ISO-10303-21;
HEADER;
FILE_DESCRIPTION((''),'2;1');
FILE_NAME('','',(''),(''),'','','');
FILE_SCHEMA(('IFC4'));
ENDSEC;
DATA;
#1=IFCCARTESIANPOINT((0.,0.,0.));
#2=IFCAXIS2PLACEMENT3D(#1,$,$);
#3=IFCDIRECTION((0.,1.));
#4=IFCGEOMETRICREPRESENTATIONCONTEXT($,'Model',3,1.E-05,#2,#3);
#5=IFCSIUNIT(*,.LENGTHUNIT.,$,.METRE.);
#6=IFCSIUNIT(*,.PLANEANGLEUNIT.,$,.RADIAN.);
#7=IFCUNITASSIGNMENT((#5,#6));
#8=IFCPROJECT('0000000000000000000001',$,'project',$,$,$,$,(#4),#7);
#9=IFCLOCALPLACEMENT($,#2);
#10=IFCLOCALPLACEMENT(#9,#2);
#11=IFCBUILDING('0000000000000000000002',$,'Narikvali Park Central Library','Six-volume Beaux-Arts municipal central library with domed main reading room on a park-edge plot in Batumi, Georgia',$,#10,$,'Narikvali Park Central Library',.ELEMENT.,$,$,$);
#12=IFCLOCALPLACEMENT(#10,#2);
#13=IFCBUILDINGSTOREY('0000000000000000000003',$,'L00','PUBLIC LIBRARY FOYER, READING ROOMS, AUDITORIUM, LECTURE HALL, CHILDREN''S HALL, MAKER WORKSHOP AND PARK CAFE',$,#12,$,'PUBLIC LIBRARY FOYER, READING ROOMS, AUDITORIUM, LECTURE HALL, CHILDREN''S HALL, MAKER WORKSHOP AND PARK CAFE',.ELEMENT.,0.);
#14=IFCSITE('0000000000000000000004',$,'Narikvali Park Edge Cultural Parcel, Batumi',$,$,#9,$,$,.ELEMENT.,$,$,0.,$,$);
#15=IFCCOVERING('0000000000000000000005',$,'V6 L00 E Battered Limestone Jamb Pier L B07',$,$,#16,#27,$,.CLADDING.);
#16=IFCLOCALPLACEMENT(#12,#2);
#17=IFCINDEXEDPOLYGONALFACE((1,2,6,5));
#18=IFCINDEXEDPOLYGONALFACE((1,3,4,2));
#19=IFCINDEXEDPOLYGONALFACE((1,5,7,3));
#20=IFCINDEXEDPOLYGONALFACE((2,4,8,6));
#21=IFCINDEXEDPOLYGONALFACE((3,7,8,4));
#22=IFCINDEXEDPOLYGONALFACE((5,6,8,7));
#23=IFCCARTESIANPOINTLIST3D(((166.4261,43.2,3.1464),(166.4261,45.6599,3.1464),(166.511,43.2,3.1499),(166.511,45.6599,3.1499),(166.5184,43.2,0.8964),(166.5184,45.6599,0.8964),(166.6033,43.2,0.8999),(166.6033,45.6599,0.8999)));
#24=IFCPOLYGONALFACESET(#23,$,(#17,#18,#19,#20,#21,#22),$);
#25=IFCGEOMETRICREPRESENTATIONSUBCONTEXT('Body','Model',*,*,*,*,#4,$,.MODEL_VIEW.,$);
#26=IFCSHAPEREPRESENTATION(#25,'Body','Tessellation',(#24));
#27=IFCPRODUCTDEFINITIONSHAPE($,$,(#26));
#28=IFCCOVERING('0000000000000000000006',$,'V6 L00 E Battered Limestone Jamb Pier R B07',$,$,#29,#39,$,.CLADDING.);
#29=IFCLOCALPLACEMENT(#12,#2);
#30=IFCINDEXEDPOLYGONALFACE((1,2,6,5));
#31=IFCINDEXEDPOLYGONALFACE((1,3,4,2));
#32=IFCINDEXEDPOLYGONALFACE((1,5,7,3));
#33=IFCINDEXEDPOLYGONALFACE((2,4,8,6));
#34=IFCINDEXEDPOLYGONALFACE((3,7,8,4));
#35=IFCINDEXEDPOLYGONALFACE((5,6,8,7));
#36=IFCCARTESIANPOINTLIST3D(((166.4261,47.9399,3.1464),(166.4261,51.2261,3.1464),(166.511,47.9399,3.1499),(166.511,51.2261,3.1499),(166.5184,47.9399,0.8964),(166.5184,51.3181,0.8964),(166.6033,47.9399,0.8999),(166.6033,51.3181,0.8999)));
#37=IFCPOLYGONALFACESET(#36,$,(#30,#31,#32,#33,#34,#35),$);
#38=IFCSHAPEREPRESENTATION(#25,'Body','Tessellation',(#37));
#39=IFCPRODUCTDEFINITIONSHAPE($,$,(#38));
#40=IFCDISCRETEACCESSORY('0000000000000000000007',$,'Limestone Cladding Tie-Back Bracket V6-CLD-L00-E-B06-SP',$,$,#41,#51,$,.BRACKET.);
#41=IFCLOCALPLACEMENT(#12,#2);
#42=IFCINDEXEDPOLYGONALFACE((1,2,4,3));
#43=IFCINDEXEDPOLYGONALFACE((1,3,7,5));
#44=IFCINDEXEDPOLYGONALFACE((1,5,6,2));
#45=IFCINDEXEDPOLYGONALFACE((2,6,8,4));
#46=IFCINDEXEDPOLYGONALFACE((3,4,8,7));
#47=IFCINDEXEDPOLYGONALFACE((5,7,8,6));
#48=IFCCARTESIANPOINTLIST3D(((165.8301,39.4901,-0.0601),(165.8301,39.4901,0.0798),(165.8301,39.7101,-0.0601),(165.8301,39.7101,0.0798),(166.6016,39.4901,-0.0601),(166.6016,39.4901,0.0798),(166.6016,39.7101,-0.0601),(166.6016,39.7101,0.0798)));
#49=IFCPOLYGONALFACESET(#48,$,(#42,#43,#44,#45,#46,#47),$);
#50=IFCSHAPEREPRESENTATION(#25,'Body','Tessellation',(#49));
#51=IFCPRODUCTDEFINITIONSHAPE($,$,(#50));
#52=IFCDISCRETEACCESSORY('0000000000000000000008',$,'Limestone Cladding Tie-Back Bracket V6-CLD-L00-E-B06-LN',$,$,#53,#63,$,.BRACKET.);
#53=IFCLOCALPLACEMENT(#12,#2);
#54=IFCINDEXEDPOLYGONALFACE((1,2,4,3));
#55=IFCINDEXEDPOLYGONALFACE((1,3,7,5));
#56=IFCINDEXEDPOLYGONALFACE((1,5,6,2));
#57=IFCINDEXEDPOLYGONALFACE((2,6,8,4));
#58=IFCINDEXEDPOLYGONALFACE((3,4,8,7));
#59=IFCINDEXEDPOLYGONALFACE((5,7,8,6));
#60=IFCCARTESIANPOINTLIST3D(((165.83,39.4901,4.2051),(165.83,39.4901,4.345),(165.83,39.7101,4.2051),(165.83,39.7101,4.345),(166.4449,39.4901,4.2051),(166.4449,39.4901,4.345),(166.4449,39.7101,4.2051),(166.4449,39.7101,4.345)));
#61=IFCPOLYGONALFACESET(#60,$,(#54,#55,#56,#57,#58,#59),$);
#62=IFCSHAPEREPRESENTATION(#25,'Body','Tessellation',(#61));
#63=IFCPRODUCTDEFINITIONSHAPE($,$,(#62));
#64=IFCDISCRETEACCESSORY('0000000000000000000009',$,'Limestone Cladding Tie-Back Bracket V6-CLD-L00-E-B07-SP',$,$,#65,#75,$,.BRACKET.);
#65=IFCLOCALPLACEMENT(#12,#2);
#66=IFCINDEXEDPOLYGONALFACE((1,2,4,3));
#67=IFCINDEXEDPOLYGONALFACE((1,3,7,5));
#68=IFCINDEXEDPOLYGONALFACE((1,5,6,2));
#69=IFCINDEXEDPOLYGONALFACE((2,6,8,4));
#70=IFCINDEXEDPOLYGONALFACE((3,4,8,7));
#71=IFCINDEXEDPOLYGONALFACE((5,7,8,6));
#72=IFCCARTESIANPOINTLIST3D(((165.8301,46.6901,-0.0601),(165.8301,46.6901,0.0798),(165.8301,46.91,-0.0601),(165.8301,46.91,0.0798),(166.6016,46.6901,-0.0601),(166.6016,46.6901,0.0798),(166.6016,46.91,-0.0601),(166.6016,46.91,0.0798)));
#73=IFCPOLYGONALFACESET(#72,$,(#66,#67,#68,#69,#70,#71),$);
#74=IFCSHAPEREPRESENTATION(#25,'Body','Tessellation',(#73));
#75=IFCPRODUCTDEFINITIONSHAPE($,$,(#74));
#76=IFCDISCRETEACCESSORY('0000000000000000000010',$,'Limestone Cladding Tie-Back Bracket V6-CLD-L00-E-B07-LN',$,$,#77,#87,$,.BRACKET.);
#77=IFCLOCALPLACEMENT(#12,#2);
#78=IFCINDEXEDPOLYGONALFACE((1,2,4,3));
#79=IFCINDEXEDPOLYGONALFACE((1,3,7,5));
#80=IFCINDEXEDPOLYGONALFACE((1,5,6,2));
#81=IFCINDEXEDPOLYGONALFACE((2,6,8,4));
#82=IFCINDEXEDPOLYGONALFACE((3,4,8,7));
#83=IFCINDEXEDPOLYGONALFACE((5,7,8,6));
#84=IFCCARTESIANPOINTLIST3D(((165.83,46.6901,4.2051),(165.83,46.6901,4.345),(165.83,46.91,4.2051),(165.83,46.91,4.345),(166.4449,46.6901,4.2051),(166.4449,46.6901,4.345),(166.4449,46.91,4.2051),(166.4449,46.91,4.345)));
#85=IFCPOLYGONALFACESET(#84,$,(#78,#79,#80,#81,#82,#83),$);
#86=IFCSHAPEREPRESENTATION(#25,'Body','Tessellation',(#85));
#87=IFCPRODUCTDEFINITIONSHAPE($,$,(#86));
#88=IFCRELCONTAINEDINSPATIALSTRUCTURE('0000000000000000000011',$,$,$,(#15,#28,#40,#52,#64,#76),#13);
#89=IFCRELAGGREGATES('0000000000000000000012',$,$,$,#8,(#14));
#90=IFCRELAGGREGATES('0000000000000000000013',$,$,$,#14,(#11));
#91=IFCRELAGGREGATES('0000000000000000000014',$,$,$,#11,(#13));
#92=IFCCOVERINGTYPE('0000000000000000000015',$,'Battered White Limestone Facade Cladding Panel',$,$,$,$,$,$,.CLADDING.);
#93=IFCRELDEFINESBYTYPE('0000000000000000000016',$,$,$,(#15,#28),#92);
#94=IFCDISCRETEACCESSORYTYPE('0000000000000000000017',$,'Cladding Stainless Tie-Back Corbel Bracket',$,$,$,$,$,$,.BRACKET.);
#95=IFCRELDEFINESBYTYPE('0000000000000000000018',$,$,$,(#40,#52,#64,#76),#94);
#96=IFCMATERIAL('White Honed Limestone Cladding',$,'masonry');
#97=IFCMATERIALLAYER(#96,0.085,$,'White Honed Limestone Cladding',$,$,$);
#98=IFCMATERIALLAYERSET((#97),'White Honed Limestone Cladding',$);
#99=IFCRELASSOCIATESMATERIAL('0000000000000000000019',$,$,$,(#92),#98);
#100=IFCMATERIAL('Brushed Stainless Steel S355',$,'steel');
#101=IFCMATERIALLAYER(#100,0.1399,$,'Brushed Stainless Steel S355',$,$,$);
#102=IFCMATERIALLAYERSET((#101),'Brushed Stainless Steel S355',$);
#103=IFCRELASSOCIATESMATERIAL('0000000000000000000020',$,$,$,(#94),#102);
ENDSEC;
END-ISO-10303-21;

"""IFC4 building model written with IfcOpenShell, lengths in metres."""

from ifc_helpers import new_model, si_unit, direction, frame, origin, origin_2d, place, context, subcontext, project, spatial, polyline, rectangle, outline, extrude, material, layer, layer_set, type_object, element, save


model = new_model("IFC4")

# Units and contexts
model_context = context("Model", 3, precision=1e-05, world=origin(), true_north=direction((0.0, 1.0)))
body_context = subcontext(model_context, "Body", "Model", "MODEL_VIEW")
ifc_project = project(units=[si_unit("LENGTHUNIT", "METRE"), si_unit("PLANEANGLEUNIT", "RADIAN")], contexts=[model_context])

# Site, building, storey
site_placement = place(None, origin())
site = spatial("IfcSite", under=ifc_project, at=site_placement, Name="Narikvali Park Edge Cultural Parcel, Batumi", CompositionType="ELEMENT", RefElevation=0.0)
building_placement = place(site_placement, origin())
building = spatial("IfcBuilding", under=site, at=building_placement, Name="Narikvali Park Central Library", Description="Six-volume Beaux-Arts municipal central library with domed main reading room on a park-edge plot in Batumi, Georgia", LongName="Narikvali Park Central Library", CompositionType="ELEMENT")
storey_placement = place(building_placement, origin())
storey = spatial("IfcBuildingStorey", under=building, at=storey_placement, Name="L00", Description="PUBLIC LIBRARY FOYER, READING ROOMS, AUDITORIUM, LECTURE HALL, CHILDREN'S HALL, MAKER WORKSHOP AND PARK CAFE", LongName="PUBLIC LIBRARY FOYER, READING ROOMS, AUDITORIUM, LECTURE HALL, CHILDREN'S HALL, MAKER WORKSHOP AND PARK CAFE", CompositionType="ELEMENT", Elevation=0.0)

# Coverings
ifc_material_1 = material(Name="White Honed Limestone Cladding", Category="masonry")
ifc_layer_1 = layer(ifc_material_1, 0.085, Name="White Honed Limestone Cladding")
ifc_layer_set_1 = layer_set([ifc_layer_1], Name="White Honed Limestone Cladding")
covering_type = type_object("IfcCoveringType", Name="Battered White Limestone Facade Cladding Panel", PredefinedType="CLADDING", material=ifc_layer_set_1)
covering_1_placement = place(storey_placement, frame((166.6033, 43.2, 0.8999), z_axis=(0.99916, 0.0, 0.040981), x_axis=(0.0, 1.0, 0.0)))
element("IfcCovering", 1, at=covering_1_placement, inside=storey, type_object=covering_type, Name="V6 L00 E Battered Limestone Jamb Pier L B07", PredefinedType="CLADDING", context=body_context, shape_type="SweptSolid", body=[
    extrude(outline(polyline([(0.0, 0.0), (2.46, 0.0), (2.46, 2.2519), (0.0, 2.2519), (0.0, 0.0)])), origin(), (0.0, 0.0, -1.0), 0.085),
])
covering_2_placement = place(storey_placement, frame((166.6033, 47.9399, 0.8999), z_axis=(0.99916, 0.0, 0.040981), x_axis=(0.0, 1.0, 0.0)))
element("IfcCovering", 2, at=covering_2_placement, inside=storey, type_object=covering_type, Name="V6 L00 E Battered Limestone Jamb Pier R B07", PredefinedType="CLADDING", context=body_context, shape_type="SweptSolid", body=[
    extrude(outline(polyline([(0.0, 0.0), (3.3782, 0.0), (3.2861, 2.2519), (0.0, 2.2519), (0.0, 0.0)])), origin(), (0.0, 0.0, -1.0), 0.085),
])

# Discrete accessories
ifc_material_2 = material(Name="Brushed Stainless Steel S355", Category="steel")
ifc_layer_2 = layer(ifc_material_2, 0.1399, Name="Brushed Stainless Steel S355")
ifc_layer_set_2 = layer_set([ifc_layer_2], Name="Brushed Stainless Steel S355")
discrete_accessory_type = type_object("IfcDiscreteAccessoryType", Name="Cladding Stainless Tie-Back Corbel Bracket", PredefinedType="BRACKET", material=ifc_layer_set_2)
discrete_accessory_1_placement = place(storey_placement, frame((166.2158, 39.6001, -0.0601), z_axis=(0.0, 0.0, 1.0), x_axis=(1.0, 0.0, 0.0)))
element("IfcDiscreteAccessory", 3, at=discrete_accessory_1_placement, inside=storey, type_object=discrete_accessory_type, Name="Limestone Cladding Tie-Back Bracket V6-CLD-L00-E-B06-SP", PredefinedType="BRACKET", context=body_context, shape_type="SweptSolid", body=[
    extrude(rectangle(XDim=0.7715, YDim=0.22, at=origin_2d()), origin(), (0.0, 0.0, 1.0), 0.1399),
])
discrete_accessory_2_placement = place(storey_placement, frame((166.1375, 39.6001, 4.2051), z_axis=(0.0, 0.0, 1.0), x_axis=(1.0, 0.0, 0.0)))
element("IfcDiscreteAccessory", 4, at=discrete_accessory_2_placement, inside=storey, type_object=discrete_accessory_type, Name="Limestone Cladding Tie-Back Bracket V6-CLD-L00-E-B06-LN", PredefinedType="BRACKET", context=body_context, shape_type="SweptSolid", body=[
    extrude(rectangle(XDim=0.615, YDim=0.22, at=origin_2d()), origin(), (0.0, 0.0, 1.0), 0.1399),
])
discrete_accessory_3_placement = place(storey_placement, frame((166.2158, 46.8, -0.0601), z_axis=(0.0, 0.0, 1.0), x_axis=(1.0, 0.0, 0.0)))
element("IfcDiscreteAccessory", 5, at=discrete_accessory_3_placement, inside=storey, type_object=discrete_accessory_type, Name="Limestone Cladding Tie-Back Bracket V6-CLD-L00-E-B07-SP", PredefinedType="BRACKET", context=body_context, shape_type="SweptSolid", body=[
    extrude(rectangle(XDim=0.7715, YDim=0.22, at=origin_2d()), origin(), (0.0, 0.0, 1.0), 0.1399),
])
discrete_accessory_4_placement = place(storey_placement, frame((166.1375, 46.8, 4.2051), z_axis=(0.0, 0.0, 1.0), x_axis=(1.0, 0.0, 0.0)))
element("IfcDiscreteAccessory", 6, at=discrete_accessory_4_placement, inside=storey, type_object=discrete_accessory_type, Name="Limestone Cladding Tie-Back Bracket V6-CLD-L00-E-B07-LN", PredefinedType="BRACKET", context=body_context, shape_type="SweptSolid", body=[
    extrude(rectangle(XDim=0.615, YDim=0.22, at=origin_2d()), origin(), (0.0, 0.0, 1.0), 0.1399),
])

save(model, "model.ifc")
